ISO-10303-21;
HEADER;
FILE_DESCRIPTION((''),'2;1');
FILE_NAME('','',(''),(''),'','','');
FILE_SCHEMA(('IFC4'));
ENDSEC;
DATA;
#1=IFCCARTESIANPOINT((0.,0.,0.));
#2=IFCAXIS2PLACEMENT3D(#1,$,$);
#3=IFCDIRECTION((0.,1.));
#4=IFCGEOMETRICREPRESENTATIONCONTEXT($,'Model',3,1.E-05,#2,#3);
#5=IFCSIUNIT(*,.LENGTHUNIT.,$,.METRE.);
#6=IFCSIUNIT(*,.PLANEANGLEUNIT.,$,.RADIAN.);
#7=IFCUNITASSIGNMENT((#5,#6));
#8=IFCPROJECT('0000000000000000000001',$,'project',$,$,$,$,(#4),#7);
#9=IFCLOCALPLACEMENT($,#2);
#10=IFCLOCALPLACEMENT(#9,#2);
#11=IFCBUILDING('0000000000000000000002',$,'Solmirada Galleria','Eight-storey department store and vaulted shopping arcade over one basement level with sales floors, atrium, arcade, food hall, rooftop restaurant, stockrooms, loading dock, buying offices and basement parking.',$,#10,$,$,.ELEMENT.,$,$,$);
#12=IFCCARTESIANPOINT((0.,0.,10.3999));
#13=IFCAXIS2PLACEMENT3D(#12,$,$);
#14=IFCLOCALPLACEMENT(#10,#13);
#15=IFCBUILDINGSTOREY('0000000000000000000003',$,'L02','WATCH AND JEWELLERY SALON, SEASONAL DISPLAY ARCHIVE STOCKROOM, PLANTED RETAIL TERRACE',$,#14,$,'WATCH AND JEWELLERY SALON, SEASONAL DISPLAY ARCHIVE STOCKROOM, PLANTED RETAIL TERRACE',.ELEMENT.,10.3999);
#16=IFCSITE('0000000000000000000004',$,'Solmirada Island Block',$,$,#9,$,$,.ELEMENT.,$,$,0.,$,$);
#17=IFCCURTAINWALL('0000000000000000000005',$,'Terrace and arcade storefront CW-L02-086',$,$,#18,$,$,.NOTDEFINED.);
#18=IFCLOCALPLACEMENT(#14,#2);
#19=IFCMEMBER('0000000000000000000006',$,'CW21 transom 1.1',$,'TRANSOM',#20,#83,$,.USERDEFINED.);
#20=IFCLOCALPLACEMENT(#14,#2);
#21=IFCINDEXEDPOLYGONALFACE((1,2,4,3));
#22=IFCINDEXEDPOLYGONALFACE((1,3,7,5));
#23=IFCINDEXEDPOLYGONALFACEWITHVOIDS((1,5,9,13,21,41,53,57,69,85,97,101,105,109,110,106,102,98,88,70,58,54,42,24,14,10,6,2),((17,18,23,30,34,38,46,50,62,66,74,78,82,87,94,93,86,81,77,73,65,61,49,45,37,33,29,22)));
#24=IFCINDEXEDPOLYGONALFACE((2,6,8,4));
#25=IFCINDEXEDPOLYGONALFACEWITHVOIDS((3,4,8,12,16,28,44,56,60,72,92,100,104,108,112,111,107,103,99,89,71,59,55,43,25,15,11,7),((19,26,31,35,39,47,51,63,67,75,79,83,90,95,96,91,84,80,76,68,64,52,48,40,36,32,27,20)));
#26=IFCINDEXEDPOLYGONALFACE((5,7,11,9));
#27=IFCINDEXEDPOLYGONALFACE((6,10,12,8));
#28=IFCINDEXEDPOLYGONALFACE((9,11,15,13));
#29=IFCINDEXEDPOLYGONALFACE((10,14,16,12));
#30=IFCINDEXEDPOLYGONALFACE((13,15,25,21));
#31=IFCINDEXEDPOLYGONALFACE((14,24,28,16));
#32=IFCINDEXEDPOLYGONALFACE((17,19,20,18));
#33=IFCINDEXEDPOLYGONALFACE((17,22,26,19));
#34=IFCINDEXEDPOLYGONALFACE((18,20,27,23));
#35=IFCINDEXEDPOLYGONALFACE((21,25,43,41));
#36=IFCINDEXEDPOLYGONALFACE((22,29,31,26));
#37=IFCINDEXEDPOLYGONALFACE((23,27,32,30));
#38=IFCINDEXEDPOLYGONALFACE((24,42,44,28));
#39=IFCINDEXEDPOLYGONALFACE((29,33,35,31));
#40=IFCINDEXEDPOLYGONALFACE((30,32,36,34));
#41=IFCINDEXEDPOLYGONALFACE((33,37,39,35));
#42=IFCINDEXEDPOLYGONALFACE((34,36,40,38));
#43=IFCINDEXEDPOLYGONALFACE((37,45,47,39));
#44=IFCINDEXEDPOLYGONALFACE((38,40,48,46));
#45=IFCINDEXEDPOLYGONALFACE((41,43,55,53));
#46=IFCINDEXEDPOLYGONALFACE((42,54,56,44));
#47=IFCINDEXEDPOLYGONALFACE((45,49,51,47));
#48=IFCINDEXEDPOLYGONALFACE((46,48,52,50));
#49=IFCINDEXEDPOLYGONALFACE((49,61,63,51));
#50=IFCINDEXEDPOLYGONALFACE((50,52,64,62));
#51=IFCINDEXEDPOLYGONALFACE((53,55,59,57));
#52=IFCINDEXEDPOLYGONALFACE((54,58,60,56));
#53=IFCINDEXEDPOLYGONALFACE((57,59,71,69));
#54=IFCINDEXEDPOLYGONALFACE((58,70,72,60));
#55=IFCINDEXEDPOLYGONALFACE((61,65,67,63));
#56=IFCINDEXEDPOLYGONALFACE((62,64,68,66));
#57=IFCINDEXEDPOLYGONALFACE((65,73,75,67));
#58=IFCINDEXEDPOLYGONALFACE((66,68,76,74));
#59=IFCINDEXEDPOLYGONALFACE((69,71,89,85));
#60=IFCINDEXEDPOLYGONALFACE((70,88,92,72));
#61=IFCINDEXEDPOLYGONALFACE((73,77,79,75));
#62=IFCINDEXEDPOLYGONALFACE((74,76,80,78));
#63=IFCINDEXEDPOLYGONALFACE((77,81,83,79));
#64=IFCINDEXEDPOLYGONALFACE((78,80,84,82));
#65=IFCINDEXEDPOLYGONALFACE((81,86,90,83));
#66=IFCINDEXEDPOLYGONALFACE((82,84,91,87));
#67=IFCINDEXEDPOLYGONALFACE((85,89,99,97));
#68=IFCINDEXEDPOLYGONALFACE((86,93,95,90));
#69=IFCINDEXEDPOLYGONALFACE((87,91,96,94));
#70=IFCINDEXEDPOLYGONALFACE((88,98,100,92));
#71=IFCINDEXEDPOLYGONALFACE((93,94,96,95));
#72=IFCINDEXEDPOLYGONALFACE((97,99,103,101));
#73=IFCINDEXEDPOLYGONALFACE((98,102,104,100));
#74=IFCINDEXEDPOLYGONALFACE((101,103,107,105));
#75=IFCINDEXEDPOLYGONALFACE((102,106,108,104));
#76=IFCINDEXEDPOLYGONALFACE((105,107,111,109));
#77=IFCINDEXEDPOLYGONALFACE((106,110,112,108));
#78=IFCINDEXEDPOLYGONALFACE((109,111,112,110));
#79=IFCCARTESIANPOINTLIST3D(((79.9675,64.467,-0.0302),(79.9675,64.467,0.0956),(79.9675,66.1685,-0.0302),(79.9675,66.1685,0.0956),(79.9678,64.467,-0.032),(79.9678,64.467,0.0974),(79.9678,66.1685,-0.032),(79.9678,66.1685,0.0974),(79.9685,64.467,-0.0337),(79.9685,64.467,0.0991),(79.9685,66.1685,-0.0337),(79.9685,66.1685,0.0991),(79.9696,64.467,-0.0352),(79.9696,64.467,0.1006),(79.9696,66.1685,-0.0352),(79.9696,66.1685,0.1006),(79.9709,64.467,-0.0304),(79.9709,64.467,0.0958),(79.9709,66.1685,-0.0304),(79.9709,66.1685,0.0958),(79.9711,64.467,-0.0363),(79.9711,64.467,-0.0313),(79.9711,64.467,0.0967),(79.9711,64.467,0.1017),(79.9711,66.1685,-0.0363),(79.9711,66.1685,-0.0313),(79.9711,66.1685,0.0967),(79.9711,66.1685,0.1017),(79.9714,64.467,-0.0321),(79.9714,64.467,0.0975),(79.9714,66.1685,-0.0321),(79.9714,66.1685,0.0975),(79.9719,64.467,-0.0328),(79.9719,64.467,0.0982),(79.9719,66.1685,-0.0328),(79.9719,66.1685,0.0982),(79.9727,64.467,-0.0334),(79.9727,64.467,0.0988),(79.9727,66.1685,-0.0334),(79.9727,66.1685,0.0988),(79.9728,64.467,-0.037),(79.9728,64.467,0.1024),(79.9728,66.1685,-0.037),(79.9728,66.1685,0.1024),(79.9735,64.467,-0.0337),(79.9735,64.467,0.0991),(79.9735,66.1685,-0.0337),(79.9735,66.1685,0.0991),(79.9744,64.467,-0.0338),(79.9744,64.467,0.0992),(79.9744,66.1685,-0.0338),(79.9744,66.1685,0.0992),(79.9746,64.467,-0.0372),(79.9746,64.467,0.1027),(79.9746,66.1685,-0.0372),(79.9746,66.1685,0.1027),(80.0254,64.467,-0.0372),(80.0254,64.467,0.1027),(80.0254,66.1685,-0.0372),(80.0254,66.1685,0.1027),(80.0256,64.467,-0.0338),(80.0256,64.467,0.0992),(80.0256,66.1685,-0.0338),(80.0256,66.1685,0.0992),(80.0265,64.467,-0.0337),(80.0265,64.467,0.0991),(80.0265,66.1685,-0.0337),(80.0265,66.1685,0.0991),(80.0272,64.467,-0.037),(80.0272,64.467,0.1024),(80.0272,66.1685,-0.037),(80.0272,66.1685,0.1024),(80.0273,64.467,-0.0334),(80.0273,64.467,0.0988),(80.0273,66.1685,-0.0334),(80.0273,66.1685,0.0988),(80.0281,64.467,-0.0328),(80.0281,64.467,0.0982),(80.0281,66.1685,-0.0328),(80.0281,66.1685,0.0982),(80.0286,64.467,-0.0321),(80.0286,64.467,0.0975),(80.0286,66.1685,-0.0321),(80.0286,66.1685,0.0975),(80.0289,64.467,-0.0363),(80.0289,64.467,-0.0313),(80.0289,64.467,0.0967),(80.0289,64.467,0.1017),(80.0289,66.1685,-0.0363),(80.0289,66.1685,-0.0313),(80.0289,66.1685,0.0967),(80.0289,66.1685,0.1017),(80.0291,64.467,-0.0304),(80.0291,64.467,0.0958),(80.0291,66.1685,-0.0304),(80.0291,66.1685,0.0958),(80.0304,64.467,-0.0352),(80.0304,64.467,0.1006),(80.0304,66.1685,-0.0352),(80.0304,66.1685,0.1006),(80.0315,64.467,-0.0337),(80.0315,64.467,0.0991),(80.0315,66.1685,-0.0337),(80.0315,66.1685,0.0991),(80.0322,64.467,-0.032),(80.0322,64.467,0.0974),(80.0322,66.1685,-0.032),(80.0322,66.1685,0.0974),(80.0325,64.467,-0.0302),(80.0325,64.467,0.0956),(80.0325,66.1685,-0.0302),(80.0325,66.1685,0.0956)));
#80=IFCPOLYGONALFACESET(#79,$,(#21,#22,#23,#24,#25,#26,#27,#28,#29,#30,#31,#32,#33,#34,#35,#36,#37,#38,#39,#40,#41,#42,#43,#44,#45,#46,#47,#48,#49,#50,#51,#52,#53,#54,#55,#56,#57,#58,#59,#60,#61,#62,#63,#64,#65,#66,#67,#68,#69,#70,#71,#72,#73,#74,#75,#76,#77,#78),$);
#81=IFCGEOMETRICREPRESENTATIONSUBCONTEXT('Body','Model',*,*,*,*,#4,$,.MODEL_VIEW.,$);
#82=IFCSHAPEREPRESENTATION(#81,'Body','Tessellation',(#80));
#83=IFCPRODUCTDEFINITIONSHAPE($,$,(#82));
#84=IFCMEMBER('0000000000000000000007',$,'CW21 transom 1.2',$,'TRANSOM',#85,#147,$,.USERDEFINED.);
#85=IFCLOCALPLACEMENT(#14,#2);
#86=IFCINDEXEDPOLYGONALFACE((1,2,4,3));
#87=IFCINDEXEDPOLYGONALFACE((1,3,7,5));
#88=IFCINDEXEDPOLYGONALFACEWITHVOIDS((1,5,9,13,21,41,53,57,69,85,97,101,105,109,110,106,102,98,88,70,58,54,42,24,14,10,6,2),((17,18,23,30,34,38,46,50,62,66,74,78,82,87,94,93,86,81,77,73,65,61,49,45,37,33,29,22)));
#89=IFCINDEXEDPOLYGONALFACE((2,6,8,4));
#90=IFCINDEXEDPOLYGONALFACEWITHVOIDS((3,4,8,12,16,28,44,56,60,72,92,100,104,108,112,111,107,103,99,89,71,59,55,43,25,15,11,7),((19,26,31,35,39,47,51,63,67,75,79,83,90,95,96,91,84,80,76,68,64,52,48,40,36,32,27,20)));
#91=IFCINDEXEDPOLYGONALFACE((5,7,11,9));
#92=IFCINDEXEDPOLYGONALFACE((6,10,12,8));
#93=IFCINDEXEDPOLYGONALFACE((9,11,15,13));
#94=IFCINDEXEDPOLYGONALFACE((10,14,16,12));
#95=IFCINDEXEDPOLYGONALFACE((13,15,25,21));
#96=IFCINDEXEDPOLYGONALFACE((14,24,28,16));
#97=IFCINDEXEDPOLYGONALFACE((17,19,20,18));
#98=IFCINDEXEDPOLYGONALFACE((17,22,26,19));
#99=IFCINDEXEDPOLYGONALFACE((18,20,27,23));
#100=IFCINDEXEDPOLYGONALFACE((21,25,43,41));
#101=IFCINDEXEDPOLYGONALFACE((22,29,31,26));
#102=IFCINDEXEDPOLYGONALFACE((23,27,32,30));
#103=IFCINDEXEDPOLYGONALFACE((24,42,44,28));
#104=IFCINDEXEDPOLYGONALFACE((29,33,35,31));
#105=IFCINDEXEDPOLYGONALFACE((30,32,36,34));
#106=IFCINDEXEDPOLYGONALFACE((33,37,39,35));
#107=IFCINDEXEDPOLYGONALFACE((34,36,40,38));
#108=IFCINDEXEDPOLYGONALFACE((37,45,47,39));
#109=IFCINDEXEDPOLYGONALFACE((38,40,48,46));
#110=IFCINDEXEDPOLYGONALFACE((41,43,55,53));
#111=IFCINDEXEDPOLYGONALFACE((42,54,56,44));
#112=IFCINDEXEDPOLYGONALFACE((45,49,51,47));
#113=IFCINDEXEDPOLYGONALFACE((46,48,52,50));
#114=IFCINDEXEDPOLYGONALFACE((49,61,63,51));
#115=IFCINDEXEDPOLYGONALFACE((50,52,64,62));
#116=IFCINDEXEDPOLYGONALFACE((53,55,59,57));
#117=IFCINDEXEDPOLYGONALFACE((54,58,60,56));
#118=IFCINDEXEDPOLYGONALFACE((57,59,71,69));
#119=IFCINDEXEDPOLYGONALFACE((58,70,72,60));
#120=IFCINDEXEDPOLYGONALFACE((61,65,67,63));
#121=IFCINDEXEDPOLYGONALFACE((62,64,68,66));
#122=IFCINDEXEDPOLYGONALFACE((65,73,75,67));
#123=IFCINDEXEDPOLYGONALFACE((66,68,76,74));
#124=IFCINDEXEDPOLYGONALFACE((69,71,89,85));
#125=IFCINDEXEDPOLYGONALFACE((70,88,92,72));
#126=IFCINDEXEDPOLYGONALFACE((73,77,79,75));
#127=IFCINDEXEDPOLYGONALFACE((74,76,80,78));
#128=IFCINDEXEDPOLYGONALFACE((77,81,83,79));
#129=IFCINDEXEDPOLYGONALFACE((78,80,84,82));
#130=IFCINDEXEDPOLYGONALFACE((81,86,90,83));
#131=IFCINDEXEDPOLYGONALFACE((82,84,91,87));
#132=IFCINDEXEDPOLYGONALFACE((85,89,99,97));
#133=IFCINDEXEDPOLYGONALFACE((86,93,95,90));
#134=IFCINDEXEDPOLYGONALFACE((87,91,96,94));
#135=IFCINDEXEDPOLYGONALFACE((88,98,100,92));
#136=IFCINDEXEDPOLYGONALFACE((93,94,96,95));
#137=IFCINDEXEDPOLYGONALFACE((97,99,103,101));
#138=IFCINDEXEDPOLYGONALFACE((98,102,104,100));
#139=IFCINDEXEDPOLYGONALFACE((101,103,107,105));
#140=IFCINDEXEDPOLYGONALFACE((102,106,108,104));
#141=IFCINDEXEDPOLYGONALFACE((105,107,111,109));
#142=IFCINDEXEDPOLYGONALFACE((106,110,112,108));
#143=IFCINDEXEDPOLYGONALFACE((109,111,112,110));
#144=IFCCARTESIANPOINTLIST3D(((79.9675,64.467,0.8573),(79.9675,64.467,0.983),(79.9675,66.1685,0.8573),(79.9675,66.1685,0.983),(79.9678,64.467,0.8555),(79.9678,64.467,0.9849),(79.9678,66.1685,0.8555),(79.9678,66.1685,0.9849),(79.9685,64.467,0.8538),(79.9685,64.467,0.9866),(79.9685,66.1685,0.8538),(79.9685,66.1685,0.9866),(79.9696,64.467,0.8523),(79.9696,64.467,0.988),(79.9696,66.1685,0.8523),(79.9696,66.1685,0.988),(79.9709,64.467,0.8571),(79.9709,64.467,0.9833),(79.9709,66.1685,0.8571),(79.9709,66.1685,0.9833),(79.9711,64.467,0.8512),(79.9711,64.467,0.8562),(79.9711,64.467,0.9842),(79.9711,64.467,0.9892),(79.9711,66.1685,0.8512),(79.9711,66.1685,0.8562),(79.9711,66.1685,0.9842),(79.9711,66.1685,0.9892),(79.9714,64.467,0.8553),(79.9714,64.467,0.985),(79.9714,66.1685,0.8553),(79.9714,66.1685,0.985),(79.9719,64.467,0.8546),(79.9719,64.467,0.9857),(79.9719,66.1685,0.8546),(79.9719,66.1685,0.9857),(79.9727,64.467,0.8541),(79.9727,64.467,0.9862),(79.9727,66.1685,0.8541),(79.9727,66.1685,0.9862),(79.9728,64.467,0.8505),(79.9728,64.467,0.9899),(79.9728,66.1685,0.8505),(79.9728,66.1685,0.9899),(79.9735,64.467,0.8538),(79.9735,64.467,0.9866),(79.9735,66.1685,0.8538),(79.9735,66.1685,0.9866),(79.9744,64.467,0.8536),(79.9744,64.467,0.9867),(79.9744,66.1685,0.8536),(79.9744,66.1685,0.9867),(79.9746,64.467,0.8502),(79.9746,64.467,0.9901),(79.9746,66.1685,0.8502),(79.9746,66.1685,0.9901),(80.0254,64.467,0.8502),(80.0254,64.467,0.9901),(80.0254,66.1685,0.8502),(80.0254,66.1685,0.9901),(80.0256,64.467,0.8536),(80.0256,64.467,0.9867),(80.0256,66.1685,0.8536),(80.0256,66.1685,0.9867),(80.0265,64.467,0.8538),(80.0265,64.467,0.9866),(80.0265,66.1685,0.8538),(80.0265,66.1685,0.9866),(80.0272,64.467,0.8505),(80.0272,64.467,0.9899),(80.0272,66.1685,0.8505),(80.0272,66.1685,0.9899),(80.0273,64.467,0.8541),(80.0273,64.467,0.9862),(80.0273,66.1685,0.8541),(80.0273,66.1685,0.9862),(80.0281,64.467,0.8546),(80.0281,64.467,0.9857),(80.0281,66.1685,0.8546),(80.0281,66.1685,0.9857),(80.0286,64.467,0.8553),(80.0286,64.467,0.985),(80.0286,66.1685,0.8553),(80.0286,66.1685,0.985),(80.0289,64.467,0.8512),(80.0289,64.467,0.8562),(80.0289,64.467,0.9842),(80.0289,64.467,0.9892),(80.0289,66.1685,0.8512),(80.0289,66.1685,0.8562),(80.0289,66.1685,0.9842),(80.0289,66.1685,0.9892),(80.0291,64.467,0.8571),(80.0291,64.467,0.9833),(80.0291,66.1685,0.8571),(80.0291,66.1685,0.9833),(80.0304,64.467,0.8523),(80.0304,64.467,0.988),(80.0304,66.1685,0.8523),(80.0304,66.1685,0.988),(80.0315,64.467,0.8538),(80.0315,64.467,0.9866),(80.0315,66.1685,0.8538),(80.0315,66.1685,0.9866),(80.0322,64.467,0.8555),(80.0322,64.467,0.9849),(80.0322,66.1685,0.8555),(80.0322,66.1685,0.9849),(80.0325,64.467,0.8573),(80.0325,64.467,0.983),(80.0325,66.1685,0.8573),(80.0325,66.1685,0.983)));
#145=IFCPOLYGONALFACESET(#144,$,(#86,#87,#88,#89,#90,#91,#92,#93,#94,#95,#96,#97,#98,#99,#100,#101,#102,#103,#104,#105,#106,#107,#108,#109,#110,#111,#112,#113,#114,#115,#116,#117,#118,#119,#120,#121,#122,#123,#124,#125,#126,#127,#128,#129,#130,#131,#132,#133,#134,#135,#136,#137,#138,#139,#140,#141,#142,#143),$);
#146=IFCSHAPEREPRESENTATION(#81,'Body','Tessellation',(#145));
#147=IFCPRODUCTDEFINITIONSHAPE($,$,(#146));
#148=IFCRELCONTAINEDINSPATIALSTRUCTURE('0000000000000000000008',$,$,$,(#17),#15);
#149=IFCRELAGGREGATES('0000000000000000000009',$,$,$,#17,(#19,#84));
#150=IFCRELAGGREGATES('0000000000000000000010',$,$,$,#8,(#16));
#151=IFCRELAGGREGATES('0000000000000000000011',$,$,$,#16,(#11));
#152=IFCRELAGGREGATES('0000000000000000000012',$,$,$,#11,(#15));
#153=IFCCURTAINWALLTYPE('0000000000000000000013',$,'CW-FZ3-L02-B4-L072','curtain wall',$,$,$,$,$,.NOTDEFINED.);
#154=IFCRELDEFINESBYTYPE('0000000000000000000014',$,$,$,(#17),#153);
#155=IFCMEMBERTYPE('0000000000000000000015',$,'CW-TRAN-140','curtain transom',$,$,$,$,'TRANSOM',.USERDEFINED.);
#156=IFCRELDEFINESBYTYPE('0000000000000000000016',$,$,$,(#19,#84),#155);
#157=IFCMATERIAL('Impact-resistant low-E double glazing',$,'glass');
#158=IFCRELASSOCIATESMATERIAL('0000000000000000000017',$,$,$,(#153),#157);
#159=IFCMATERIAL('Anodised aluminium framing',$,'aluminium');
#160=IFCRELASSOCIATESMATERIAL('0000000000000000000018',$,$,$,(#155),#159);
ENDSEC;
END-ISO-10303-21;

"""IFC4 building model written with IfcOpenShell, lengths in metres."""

from ifc_helpers import new_model, si_unit, direction, frame, origin, origin_2d, place, context, subcontext, project, spatial, hollow_rectangle, extrude, material, material_profile, profile_set, type_object, element, aggregate, save


model = new_model("IFC4")

# Units and contexts
model_context = context("Model", 3, precision=1e-05, world=origin(), true_north=direction((0.0, 1.0)))
body_context = subcontext(model_context, "Body", "Model", "MODEL_VIEW")
ifc_project = project(units=[si_unit("LENGTHUNIT", "METRE"), si_unit("PLANEANGLEUNIT", "RADIAN")], contexts=[model_context])

# Site, building, storey
site_placement = place(None, origin())
site = spatial("IfcSite", under=ifc_project, at=site_placement, Name="Solmirada Island Block", CompositionType="ELEMENT", RefElevation=0.0)
building_placement = place(site_placement, origin())
building = spatial("IfcBuilding", under=site, at=building_placement, Name="Solmirada Galleria", Description="Eight-storey department store and vaulted shopping arcade over one basement level with sales floors, atrium, arcade, food hall, rooftop restaurant, stockrooms, loading dock, buying offices and basement parking.", CompositionType="ELEMENT")
storey_placement = place(building_placement, frame((0.0, 0.0, 10.3999)))
storey = spatial("IfcBuildingStorey", under=building, at=storey_placement, Name="L02", Description="WATCH AND JEWELLERY SALON, SEASONAL DISPLAY ARCHIVE STOCKROOM, PLANTED RETAIL TERRACE", LongName="WATCH AND JEWELLERY SALON, SEASONAL DISPLAY ARCHIVE STOCKROOM, PLANTED RETAIL TERRACE", CompositionType="ELEMENT", Elevation=10.3999)

# Curtain wall
ifc_material_1 = material(Name="Impact-resistant low-E double glazing", Category="glass")
curtain_wall_type = type_object("IfcCurtainWallType", Name="CW-FZ3-L02-B4-L072", Description="curtain wall", PredefinedType="NOTDEFINED", material=ifc_material_1)
curtain_wall_1_placement = place(storey_placement, origin())
curtain_wall_1 = element("IfcCurtainWall", 1, at=curtain_wall_1_placement, inside=storey, type_object=curtain_wall_type, Name="Terrace and arcade storefront CW-L02-086", PredefinedType="NOTDEFINED")
ifc_material_2 = material(Name="Anodised aluminium framing", Category="aluminium")

# Members
ifc_material_profile_1 = material_profile(ifc_material_2, hollow_rectangle(XDim=0.0649, YDim=0.1399, WallThickness=0.0034, InnerFilletRadius=0.0034, OuterFilletRadius=0.0071, at=origin_2d()), Name="ALU-TRAN-140X65")
ifc_profile_set_1 = profile_set([ifc_material_profile_1], Name="Anodised aluminium framing")
member_type_1 = type_object("IfcMemberType", Name="CW-TRAN-140", Description="curtain transom", ElementType="TRANSOM", PredefinedType="USERDEFINED", material=ifc_profile_set_1)
member_1_placement = place(storey_placement, frame((80.0, 64.467, 0.0327), z_axis=(0.0, 1.0, 0.0), x_axis=(-1.0, 0.0, 0.0)))
member_1 = element("IfcMember", 2, at=member_1_placement, type_object=member_type_1, Name="CW21 transom 1.1", ObjectType="TRANSOM", PredefinedType="USERDEFINED", context=body_context, shape_type="SweptSolid", body=[
    extrude(hollow_rectangle(XDim=0.0649, YDim=0.1399, WallThickness=0.0034, InnerFilletRadius=0.0034, OuterFilletRadius=0.0071, at=origin_2d()), origin(), (0.0, 0.0, 1.0), 1.7014),
])
member_2_placement = place(storey_placement, frame((80.0, 64.467, 0.9202), z_axis=(0.0, 1.0, 0.0), x_axis=(-1.0, 0.0, 0.0)))
member_2 = element("IfcMember", 3, at=member_2_placement, type_object=member_type_1, Name="CW21 transom 1.2", ObjectType="TRANSOM", PredefinedType="USERDEFINED", context=body_context, shape_type="SweptSolid", body=[
    extrude(hollow_rectangle(XDim=0.0649, YDim=0.1399, WallThickness=0.0034, InnerFilletRadius=0.0034, OuterFilletRadius=0.0071, at=origin_2d()), origin(), (0.0, 0.0, 1.0), 1.7014),
])

aggregate(curtain_wall_1, [member_1, member_2])

save(model, "model.ifc")
